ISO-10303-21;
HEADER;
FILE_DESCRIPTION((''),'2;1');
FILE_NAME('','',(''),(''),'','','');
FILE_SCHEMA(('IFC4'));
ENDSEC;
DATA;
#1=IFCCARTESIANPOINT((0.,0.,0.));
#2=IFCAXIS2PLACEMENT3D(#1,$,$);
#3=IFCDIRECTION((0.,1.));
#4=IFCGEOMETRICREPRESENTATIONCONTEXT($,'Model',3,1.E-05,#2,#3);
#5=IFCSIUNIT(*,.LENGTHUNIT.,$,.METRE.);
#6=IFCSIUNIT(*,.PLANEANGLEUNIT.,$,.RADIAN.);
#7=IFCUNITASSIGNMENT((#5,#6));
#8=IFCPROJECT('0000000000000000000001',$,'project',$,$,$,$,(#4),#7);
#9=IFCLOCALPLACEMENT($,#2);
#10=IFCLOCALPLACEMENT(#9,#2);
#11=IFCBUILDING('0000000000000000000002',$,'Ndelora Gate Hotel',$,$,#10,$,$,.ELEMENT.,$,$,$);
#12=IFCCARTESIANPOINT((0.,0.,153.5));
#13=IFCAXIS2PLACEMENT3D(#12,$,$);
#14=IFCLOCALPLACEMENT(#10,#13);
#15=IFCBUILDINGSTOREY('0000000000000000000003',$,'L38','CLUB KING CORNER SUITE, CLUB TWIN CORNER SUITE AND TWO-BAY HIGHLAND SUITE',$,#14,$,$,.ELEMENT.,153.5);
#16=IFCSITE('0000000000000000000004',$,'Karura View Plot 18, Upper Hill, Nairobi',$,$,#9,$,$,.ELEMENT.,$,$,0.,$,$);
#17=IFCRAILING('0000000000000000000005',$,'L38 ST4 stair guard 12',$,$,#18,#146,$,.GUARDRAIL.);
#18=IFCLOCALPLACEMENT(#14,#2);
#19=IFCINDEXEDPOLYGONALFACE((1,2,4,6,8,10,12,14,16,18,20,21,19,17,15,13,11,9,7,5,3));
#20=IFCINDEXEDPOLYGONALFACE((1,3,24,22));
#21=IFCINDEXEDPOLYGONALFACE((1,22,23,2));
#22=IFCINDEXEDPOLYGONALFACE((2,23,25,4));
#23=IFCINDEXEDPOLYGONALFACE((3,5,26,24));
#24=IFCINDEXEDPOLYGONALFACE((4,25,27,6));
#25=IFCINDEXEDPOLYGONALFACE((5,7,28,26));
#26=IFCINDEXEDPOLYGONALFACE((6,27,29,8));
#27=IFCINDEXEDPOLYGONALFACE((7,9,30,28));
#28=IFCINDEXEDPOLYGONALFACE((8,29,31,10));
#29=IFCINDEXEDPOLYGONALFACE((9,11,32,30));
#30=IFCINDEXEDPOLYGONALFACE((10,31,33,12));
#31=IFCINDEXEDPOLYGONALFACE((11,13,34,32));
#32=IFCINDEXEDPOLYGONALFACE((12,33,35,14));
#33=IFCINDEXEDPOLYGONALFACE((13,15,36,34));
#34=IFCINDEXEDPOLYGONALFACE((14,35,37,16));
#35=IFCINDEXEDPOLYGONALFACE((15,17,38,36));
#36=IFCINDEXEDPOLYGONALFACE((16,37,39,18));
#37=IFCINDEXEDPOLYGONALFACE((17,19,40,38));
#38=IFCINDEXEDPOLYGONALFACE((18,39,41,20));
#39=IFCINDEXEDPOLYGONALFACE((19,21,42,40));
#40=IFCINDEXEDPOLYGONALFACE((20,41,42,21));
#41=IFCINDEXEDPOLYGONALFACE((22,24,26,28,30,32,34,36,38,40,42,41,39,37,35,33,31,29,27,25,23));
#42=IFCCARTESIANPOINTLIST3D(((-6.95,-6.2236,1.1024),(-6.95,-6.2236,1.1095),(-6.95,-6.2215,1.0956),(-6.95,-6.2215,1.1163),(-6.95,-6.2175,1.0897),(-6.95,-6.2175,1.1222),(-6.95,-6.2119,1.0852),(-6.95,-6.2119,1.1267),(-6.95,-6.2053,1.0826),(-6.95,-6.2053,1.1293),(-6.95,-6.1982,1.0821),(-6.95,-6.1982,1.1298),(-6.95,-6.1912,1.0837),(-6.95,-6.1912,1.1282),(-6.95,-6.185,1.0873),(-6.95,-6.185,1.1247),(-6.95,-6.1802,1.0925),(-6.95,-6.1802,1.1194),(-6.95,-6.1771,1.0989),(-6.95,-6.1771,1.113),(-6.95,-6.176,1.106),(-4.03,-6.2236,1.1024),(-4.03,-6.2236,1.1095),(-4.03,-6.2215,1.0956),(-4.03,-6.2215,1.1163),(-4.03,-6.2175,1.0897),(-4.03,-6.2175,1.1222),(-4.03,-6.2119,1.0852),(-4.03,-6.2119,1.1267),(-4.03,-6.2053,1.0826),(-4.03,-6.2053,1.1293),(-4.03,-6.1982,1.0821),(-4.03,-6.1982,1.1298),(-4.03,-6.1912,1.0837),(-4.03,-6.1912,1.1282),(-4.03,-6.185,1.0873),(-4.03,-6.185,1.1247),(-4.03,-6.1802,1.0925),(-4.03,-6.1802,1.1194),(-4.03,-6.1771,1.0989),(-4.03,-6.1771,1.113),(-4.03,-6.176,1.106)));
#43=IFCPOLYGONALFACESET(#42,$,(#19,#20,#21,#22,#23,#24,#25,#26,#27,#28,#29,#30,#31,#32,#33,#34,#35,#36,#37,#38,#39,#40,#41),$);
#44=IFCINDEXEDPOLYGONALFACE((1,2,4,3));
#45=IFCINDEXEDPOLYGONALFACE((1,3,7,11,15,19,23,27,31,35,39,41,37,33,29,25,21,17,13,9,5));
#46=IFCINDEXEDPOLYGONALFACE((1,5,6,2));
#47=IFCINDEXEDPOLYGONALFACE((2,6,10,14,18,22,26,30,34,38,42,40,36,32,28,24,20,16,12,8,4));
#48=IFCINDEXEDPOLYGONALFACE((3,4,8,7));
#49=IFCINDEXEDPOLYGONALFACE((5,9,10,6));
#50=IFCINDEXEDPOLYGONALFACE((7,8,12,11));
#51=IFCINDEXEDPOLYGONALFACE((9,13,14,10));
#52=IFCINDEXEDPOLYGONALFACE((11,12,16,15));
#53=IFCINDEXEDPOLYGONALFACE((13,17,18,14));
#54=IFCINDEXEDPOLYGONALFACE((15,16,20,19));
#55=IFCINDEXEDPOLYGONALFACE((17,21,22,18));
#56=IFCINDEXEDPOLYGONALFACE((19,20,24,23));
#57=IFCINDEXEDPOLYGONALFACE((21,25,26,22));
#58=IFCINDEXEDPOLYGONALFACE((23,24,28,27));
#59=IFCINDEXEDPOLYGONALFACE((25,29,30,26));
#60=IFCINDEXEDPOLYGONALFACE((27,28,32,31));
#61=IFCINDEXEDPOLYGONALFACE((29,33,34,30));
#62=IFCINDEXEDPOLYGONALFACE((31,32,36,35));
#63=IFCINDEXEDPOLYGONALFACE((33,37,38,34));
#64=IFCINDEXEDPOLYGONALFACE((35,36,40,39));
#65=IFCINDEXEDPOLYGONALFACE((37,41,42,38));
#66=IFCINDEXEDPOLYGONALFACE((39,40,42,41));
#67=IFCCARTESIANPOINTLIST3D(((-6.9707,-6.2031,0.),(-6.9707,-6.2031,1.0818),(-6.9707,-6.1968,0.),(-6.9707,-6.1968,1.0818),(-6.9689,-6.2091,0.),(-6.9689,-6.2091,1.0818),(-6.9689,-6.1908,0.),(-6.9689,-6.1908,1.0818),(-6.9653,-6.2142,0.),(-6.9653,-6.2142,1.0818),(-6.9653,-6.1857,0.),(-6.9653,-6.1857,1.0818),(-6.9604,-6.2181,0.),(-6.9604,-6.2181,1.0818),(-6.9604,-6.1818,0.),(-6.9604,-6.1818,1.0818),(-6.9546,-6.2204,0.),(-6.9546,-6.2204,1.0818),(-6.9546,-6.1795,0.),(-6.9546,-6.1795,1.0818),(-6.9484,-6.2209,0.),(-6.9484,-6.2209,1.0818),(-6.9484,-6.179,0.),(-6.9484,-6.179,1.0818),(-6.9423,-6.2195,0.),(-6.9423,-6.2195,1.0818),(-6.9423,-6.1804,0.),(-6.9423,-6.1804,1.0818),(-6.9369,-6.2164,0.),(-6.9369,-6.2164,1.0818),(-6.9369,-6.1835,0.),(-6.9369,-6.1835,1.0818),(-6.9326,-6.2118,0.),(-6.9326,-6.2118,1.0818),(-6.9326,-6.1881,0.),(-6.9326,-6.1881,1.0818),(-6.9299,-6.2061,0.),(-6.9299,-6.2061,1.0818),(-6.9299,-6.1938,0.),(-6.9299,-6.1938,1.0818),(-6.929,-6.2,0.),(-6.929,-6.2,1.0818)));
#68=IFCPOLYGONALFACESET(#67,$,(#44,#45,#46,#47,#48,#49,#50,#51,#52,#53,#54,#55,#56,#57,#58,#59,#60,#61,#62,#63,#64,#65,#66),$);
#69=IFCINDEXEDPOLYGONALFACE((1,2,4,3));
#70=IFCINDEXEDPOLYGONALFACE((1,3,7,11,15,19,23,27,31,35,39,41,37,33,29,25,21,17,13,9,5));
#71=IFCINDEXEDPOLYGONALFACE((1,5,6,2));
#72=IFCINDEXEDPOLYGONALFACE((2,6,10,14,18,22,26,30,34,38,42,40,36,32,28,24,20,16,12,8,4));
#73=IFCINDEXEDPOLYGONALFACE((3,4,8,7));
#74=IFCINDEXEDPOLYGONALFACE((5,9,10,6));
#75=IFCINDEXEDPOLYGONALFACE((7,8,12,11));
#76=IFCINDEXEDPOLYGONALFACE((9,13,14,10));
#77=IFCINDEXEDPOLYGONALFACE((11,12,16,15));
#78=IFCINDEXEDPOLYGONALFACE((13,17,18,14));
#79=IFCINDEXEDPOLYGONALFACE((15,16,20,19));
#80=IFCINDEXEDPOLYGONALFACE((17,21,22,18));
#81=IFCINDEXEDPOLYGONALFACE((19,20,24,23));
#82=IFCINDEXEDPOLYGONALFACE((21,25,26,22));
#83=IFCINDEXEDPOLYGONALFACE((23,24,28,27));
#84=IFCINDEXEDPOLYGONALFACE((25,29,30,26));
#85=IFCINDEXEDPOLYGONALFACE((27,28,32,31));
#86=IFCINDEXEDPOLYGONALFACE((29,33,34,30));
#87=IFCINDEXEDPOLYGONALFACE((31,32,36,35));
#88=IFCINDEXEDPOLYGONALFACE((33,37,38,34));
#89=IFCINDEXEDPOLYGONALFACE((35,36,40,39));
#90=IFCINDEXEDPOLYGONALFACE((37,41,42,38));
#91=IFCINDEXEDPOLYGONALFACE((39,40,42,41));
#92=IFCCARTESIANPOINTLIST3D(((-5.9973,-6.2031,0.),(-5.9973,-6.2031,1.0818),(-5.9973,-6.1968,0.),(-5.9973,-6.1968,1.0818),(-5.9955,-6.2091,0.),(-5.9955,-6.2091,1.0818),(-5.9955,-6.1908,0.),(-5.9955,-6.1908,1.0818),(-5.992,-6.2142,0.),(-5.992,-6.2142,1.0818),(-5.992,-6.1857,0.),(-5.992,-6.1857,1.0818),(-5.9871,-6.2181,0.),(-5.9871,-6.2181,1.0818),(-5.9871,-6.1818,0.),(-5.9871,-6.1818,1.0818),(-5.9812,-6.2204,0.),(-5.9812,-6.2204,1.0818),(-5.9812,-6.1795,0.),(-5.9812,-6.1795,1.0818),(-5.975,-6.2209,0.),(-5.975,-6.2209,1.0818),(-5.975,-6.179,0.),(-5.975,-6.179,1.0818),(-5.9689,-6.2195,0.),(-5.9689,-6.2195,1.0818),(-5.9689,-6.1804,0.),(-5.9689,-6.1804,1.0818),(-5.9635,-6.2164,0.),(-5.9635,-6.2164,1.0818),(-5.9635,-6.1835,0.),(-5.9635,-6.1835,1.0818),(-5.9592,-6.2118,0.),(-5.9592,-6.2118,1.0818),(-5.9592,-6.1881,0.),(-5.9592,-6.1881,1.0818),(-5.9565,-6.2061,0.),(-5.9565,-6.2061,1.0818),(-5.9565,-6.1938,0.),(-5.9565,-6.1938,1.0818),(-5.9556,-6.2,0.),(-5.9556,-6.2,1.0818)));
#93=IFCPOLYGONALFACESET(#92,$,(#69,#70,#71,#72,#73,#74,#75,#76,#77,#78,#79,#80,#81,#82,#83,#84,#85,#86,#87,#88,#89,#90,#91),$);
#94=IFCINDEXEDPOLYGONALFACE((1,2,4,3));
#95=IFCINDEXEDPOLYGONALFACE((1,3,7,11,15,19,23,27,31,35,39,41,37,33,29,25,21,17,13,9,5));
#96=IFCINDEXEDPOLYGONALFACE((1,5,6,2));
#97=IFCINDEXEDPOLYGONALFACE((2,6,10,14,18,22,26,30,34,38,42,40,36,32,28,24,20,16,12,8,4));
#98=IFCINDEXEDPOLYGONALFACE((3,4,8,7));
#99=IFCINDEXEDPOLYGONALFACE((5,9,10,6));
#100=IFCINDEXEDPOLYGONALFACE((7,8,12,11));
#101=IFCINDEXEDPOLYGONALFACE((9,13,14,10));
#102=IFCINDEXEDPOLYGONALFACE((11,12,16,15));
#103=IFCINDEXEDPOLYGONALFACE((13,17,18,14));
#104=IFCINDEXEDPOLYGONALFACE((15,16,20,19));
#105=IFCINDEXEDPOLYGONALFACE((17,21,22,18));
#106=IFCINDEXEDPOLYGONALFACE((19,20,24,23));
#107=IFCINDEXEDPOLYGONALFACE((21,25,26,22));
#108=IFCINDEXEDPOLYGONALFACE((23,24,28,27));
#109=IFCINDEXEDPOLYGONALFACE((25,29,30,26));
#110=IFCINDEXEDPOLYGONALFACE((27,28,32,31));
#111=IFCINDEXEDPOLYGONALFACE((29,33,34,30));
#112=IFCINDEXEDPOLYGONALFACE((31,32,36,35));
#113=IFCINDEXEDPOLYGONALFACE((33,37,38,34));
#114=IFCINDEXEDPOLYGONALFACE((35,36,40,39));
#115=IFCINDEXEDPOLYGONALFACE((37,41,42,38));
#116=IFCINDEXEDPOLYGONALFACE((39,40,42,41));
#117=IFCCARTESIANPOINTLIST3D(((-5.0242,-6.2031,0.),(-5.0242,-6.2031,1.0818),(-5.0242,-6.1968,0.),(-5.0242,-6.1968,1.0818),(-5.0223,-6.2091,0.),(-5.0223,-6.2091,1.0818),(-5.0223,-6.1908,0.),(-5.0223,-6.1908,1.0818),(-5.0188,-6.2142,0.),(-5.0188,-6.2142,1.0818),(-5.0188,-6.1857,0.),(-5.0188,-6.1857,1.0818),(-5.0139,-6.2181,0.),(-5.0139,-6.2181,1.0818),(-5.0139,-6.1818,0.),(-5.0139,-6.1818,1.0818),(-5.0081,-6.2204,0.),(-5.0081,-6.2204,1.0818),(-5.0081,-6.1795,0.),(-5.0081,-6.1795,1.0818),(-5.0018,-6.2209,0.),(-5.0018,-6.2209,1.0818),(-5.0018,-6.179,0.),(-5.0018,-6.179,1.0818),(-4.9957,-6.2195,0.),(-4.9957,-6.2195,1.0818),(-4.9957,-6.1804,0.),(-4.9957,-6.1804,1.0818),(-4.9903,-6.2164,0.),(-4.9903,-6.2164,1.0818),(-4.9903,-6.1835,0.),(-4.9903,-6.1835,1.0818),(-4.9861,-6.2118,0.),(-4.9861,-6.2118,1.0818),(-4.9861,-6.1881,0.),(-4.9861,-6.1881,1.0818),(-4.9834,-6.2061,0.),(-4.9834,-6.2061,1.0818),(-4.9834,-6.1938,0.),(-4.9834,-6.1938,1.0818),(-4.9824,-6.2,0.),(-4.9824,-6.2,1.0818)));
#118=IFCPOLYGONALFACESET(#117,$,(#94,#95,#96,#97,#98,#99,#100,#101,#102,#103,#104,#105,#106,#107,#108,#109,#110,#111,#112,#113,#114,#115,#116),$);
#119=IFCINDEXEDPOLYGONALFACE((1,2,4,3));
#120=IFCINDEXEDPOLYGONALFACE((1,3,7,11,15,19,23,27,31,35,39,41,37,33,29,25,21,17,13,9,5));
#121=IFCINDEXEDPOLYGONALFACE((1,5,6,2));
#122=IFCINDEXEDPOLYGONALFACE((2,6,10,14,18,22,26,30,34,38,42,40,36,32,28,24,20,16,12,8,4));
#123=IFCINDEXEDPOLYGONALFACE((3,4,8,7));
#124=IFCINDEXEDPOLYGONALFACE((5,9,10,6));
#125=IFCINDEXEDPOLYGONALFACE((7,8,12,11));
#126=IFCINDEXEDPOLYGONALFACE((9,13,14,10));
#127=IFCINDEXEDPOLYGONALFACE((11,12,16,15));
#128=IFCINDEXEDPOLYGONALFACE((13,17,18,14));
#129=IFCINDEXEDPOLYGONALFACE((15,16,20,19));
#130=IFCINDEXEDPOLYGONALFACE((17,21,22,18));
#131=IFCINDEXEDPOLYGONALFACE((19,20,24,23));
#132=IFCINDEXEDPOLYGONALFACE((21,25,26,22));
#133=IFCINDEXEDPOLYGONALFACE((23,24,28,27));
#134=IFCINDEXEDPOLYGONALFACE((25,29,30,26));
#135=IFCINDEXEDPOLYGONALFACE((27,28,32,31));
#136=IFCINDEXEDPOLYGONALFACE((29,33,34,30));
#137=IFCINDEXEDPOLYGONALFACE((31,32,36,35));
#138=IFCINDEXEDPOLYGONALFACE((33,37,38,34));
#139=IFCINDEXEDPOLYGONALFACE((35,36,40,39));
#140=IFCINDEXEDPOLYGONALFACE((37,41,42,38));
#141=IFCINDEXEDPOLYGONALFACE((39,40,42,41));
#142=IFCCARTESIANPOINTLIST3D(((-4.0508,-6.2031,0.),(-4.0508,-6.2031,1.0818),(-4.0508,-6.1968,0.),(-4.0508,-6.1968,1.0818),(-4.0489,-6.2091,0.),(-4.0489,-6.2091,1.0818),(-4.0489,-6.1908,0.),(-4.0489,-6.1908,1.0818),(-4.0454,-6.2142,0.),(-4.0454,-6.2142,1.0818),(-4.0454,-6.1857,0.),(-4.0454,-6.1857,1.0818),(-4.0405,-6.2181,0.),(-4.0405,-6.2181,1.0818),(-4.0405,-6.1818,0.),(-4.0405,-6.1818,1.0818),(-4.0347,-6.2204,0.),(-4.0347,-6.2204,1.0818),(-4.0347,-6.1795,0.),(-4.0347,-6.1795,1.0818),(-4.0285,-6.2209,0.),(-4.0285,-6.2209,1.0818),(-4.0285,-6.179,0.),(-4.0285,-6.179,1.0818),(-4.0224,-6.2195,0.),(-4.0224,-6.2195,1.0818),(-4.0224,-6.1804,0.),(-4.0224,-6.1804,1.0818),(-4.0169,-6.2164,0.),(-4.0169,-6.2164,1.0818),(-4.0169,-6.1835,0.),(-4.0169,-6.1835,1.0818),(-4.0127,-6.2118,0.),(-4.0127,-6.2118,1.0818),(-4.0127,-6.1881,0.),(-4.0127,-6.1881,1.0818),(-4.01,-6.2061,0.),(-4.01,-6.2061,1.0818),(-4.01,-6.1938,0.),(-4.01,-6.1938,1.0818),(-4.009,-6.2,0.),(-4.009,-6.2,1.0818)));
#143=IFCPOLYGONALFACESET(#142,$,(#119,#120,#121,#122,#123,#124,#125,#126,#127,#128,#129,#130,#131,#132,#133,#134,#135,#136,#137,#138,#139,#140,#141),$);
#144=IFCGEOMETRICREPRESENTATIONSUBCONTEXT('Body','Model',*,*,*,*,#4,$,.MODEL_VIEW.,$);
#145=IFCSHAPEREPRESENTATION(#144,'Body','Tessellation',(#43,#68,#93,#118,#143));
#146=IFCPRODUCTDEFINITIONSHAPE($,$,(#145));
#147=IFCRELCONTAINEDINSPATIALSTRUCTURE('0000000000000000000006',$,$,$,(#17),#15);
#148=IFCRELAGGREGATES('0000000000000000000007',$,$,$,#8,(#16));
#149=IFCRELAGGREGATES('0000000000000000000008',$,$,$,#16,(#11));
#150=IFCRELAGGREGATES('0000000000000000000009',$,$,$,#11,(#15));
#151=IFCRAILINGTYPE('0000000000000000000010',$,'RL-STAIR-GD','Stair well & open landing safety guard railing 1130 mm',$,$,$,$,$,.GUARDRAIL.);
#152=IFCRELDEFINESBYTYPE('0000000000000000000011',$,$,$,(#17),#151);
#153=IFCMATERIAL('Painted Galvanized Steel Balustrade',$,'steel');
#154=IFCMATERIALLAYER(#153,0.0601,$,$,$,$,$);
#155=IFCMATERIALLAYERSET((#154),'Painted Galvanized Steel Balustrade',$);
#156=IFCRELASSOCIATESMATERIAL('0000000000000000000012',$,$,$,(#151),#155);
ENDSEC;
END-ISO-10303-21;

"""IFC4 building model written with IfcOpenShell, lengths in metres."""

from ifc_helpers import new_model, si_unit, direction, frame, origin, origin_2d, place, context, subcontext, project, spatial, circle, extrude, material, layer, layer_set, type_object, element, save


model = new_model("IFC4")

# Units and contexts
model_context = context("Model", 3, precision=1e-05, world=origin(), true_north=direction((0.0, 1.0)))
body_context = subcontext(model_context, "Body", "Model", "MODEL_VIEW")
ifc_project = project(units=[si_unit("LENGTHUNIT", "METRE"), si_unit("PLANEANGLEUNIT", "RADIAN")], contexts=[model_context])

# Site, building, storey
site_placement = place(None, origin())
site = spatial("IfcSite", under=ifc_project, at=site_placement, Name="Karura View Plot 18, Upper Hill, Nairobi", CompositionType="ELEMENT", RefElevation=0.0)
building_placement = place(site_placement, origin())
building = spatial("IfcBuilding", under=site, at=building_placement, Name="Ndelora Gate Hotel", CompositionType="ELEMENT")
storey_placement = place(building_placement, frame((0.0, 0.0, 153.5)))
storey = spatial("IfcBuildingStorey", under=building, at=storey_placement, Name="L38", Description="CLUB KING CORNER SUITE, CLUB TWIN CORNER SUITE AND TWO-BAY HIGHLAND SUITE", CompositionType="ELEMENT", Elevation=153.5)

# Railing
ifc_material_1 = material(Name="Painted Galvanized Steel Balustrade", Category="steel")
ifc_layer_1 = layer(ifc_material_1, 0.0601)
ifc_layer_set_1 = layer_set([ifc_layer_1], Name="Painted Galvanized Steel Balustrade")
railing_type_1 = type_object("IfcRailingType", Name="RL-STAIR-GD", Description="Stair well & open landing safety guard railing 1130 mm", PredefinedType="GUARDRAIL", material=ifc_layer_set_1)
railing_1_placement = place(storey_placement, frame((-6.95, -6.2, 0.0)))
element("IfcRailing", 1, at=railing_1_placement, inside=storey, type_object=railing_type_1, Name="L38 ST4 stair guard 12", PredefinedType="GUARDRAIL", context=body_context, shape_type="SweptSolid", body=[
    extrude(circle(Radius=0.0239, at=origin_2d()), frame((0.0, 0.0, 1.106), z_axis=(1.0, 0.0, 0.0), x_axis=(0.0, 1.0, 0.0)), (0.0, 0.0, 1.0), 2.9199),
    extrude(circle(Radius=0.021, at=origin_2d()), origin(), (0.0, 0.0, 1.0), 1.0818),
    extrude(circle(Radius=0.021, at=origin_2d()), frame((0.9734, 0.0, 0.0)), (0.0, 0.0, 1.0), 1.0818),
    extrude(circle(Radius=0.021, at=origin_2d()), frame((1.9465, 0.0, 0.0)), (0.0, 0.0, 1.0), 1.0818),
    extrude(circle(Radius=0.021, at=origin_2d()), frame((2.9199, 0.0, 0.0)), (0.0, 0.0, 1.0), 1.0818),
])

save(model, "model.ifc")
